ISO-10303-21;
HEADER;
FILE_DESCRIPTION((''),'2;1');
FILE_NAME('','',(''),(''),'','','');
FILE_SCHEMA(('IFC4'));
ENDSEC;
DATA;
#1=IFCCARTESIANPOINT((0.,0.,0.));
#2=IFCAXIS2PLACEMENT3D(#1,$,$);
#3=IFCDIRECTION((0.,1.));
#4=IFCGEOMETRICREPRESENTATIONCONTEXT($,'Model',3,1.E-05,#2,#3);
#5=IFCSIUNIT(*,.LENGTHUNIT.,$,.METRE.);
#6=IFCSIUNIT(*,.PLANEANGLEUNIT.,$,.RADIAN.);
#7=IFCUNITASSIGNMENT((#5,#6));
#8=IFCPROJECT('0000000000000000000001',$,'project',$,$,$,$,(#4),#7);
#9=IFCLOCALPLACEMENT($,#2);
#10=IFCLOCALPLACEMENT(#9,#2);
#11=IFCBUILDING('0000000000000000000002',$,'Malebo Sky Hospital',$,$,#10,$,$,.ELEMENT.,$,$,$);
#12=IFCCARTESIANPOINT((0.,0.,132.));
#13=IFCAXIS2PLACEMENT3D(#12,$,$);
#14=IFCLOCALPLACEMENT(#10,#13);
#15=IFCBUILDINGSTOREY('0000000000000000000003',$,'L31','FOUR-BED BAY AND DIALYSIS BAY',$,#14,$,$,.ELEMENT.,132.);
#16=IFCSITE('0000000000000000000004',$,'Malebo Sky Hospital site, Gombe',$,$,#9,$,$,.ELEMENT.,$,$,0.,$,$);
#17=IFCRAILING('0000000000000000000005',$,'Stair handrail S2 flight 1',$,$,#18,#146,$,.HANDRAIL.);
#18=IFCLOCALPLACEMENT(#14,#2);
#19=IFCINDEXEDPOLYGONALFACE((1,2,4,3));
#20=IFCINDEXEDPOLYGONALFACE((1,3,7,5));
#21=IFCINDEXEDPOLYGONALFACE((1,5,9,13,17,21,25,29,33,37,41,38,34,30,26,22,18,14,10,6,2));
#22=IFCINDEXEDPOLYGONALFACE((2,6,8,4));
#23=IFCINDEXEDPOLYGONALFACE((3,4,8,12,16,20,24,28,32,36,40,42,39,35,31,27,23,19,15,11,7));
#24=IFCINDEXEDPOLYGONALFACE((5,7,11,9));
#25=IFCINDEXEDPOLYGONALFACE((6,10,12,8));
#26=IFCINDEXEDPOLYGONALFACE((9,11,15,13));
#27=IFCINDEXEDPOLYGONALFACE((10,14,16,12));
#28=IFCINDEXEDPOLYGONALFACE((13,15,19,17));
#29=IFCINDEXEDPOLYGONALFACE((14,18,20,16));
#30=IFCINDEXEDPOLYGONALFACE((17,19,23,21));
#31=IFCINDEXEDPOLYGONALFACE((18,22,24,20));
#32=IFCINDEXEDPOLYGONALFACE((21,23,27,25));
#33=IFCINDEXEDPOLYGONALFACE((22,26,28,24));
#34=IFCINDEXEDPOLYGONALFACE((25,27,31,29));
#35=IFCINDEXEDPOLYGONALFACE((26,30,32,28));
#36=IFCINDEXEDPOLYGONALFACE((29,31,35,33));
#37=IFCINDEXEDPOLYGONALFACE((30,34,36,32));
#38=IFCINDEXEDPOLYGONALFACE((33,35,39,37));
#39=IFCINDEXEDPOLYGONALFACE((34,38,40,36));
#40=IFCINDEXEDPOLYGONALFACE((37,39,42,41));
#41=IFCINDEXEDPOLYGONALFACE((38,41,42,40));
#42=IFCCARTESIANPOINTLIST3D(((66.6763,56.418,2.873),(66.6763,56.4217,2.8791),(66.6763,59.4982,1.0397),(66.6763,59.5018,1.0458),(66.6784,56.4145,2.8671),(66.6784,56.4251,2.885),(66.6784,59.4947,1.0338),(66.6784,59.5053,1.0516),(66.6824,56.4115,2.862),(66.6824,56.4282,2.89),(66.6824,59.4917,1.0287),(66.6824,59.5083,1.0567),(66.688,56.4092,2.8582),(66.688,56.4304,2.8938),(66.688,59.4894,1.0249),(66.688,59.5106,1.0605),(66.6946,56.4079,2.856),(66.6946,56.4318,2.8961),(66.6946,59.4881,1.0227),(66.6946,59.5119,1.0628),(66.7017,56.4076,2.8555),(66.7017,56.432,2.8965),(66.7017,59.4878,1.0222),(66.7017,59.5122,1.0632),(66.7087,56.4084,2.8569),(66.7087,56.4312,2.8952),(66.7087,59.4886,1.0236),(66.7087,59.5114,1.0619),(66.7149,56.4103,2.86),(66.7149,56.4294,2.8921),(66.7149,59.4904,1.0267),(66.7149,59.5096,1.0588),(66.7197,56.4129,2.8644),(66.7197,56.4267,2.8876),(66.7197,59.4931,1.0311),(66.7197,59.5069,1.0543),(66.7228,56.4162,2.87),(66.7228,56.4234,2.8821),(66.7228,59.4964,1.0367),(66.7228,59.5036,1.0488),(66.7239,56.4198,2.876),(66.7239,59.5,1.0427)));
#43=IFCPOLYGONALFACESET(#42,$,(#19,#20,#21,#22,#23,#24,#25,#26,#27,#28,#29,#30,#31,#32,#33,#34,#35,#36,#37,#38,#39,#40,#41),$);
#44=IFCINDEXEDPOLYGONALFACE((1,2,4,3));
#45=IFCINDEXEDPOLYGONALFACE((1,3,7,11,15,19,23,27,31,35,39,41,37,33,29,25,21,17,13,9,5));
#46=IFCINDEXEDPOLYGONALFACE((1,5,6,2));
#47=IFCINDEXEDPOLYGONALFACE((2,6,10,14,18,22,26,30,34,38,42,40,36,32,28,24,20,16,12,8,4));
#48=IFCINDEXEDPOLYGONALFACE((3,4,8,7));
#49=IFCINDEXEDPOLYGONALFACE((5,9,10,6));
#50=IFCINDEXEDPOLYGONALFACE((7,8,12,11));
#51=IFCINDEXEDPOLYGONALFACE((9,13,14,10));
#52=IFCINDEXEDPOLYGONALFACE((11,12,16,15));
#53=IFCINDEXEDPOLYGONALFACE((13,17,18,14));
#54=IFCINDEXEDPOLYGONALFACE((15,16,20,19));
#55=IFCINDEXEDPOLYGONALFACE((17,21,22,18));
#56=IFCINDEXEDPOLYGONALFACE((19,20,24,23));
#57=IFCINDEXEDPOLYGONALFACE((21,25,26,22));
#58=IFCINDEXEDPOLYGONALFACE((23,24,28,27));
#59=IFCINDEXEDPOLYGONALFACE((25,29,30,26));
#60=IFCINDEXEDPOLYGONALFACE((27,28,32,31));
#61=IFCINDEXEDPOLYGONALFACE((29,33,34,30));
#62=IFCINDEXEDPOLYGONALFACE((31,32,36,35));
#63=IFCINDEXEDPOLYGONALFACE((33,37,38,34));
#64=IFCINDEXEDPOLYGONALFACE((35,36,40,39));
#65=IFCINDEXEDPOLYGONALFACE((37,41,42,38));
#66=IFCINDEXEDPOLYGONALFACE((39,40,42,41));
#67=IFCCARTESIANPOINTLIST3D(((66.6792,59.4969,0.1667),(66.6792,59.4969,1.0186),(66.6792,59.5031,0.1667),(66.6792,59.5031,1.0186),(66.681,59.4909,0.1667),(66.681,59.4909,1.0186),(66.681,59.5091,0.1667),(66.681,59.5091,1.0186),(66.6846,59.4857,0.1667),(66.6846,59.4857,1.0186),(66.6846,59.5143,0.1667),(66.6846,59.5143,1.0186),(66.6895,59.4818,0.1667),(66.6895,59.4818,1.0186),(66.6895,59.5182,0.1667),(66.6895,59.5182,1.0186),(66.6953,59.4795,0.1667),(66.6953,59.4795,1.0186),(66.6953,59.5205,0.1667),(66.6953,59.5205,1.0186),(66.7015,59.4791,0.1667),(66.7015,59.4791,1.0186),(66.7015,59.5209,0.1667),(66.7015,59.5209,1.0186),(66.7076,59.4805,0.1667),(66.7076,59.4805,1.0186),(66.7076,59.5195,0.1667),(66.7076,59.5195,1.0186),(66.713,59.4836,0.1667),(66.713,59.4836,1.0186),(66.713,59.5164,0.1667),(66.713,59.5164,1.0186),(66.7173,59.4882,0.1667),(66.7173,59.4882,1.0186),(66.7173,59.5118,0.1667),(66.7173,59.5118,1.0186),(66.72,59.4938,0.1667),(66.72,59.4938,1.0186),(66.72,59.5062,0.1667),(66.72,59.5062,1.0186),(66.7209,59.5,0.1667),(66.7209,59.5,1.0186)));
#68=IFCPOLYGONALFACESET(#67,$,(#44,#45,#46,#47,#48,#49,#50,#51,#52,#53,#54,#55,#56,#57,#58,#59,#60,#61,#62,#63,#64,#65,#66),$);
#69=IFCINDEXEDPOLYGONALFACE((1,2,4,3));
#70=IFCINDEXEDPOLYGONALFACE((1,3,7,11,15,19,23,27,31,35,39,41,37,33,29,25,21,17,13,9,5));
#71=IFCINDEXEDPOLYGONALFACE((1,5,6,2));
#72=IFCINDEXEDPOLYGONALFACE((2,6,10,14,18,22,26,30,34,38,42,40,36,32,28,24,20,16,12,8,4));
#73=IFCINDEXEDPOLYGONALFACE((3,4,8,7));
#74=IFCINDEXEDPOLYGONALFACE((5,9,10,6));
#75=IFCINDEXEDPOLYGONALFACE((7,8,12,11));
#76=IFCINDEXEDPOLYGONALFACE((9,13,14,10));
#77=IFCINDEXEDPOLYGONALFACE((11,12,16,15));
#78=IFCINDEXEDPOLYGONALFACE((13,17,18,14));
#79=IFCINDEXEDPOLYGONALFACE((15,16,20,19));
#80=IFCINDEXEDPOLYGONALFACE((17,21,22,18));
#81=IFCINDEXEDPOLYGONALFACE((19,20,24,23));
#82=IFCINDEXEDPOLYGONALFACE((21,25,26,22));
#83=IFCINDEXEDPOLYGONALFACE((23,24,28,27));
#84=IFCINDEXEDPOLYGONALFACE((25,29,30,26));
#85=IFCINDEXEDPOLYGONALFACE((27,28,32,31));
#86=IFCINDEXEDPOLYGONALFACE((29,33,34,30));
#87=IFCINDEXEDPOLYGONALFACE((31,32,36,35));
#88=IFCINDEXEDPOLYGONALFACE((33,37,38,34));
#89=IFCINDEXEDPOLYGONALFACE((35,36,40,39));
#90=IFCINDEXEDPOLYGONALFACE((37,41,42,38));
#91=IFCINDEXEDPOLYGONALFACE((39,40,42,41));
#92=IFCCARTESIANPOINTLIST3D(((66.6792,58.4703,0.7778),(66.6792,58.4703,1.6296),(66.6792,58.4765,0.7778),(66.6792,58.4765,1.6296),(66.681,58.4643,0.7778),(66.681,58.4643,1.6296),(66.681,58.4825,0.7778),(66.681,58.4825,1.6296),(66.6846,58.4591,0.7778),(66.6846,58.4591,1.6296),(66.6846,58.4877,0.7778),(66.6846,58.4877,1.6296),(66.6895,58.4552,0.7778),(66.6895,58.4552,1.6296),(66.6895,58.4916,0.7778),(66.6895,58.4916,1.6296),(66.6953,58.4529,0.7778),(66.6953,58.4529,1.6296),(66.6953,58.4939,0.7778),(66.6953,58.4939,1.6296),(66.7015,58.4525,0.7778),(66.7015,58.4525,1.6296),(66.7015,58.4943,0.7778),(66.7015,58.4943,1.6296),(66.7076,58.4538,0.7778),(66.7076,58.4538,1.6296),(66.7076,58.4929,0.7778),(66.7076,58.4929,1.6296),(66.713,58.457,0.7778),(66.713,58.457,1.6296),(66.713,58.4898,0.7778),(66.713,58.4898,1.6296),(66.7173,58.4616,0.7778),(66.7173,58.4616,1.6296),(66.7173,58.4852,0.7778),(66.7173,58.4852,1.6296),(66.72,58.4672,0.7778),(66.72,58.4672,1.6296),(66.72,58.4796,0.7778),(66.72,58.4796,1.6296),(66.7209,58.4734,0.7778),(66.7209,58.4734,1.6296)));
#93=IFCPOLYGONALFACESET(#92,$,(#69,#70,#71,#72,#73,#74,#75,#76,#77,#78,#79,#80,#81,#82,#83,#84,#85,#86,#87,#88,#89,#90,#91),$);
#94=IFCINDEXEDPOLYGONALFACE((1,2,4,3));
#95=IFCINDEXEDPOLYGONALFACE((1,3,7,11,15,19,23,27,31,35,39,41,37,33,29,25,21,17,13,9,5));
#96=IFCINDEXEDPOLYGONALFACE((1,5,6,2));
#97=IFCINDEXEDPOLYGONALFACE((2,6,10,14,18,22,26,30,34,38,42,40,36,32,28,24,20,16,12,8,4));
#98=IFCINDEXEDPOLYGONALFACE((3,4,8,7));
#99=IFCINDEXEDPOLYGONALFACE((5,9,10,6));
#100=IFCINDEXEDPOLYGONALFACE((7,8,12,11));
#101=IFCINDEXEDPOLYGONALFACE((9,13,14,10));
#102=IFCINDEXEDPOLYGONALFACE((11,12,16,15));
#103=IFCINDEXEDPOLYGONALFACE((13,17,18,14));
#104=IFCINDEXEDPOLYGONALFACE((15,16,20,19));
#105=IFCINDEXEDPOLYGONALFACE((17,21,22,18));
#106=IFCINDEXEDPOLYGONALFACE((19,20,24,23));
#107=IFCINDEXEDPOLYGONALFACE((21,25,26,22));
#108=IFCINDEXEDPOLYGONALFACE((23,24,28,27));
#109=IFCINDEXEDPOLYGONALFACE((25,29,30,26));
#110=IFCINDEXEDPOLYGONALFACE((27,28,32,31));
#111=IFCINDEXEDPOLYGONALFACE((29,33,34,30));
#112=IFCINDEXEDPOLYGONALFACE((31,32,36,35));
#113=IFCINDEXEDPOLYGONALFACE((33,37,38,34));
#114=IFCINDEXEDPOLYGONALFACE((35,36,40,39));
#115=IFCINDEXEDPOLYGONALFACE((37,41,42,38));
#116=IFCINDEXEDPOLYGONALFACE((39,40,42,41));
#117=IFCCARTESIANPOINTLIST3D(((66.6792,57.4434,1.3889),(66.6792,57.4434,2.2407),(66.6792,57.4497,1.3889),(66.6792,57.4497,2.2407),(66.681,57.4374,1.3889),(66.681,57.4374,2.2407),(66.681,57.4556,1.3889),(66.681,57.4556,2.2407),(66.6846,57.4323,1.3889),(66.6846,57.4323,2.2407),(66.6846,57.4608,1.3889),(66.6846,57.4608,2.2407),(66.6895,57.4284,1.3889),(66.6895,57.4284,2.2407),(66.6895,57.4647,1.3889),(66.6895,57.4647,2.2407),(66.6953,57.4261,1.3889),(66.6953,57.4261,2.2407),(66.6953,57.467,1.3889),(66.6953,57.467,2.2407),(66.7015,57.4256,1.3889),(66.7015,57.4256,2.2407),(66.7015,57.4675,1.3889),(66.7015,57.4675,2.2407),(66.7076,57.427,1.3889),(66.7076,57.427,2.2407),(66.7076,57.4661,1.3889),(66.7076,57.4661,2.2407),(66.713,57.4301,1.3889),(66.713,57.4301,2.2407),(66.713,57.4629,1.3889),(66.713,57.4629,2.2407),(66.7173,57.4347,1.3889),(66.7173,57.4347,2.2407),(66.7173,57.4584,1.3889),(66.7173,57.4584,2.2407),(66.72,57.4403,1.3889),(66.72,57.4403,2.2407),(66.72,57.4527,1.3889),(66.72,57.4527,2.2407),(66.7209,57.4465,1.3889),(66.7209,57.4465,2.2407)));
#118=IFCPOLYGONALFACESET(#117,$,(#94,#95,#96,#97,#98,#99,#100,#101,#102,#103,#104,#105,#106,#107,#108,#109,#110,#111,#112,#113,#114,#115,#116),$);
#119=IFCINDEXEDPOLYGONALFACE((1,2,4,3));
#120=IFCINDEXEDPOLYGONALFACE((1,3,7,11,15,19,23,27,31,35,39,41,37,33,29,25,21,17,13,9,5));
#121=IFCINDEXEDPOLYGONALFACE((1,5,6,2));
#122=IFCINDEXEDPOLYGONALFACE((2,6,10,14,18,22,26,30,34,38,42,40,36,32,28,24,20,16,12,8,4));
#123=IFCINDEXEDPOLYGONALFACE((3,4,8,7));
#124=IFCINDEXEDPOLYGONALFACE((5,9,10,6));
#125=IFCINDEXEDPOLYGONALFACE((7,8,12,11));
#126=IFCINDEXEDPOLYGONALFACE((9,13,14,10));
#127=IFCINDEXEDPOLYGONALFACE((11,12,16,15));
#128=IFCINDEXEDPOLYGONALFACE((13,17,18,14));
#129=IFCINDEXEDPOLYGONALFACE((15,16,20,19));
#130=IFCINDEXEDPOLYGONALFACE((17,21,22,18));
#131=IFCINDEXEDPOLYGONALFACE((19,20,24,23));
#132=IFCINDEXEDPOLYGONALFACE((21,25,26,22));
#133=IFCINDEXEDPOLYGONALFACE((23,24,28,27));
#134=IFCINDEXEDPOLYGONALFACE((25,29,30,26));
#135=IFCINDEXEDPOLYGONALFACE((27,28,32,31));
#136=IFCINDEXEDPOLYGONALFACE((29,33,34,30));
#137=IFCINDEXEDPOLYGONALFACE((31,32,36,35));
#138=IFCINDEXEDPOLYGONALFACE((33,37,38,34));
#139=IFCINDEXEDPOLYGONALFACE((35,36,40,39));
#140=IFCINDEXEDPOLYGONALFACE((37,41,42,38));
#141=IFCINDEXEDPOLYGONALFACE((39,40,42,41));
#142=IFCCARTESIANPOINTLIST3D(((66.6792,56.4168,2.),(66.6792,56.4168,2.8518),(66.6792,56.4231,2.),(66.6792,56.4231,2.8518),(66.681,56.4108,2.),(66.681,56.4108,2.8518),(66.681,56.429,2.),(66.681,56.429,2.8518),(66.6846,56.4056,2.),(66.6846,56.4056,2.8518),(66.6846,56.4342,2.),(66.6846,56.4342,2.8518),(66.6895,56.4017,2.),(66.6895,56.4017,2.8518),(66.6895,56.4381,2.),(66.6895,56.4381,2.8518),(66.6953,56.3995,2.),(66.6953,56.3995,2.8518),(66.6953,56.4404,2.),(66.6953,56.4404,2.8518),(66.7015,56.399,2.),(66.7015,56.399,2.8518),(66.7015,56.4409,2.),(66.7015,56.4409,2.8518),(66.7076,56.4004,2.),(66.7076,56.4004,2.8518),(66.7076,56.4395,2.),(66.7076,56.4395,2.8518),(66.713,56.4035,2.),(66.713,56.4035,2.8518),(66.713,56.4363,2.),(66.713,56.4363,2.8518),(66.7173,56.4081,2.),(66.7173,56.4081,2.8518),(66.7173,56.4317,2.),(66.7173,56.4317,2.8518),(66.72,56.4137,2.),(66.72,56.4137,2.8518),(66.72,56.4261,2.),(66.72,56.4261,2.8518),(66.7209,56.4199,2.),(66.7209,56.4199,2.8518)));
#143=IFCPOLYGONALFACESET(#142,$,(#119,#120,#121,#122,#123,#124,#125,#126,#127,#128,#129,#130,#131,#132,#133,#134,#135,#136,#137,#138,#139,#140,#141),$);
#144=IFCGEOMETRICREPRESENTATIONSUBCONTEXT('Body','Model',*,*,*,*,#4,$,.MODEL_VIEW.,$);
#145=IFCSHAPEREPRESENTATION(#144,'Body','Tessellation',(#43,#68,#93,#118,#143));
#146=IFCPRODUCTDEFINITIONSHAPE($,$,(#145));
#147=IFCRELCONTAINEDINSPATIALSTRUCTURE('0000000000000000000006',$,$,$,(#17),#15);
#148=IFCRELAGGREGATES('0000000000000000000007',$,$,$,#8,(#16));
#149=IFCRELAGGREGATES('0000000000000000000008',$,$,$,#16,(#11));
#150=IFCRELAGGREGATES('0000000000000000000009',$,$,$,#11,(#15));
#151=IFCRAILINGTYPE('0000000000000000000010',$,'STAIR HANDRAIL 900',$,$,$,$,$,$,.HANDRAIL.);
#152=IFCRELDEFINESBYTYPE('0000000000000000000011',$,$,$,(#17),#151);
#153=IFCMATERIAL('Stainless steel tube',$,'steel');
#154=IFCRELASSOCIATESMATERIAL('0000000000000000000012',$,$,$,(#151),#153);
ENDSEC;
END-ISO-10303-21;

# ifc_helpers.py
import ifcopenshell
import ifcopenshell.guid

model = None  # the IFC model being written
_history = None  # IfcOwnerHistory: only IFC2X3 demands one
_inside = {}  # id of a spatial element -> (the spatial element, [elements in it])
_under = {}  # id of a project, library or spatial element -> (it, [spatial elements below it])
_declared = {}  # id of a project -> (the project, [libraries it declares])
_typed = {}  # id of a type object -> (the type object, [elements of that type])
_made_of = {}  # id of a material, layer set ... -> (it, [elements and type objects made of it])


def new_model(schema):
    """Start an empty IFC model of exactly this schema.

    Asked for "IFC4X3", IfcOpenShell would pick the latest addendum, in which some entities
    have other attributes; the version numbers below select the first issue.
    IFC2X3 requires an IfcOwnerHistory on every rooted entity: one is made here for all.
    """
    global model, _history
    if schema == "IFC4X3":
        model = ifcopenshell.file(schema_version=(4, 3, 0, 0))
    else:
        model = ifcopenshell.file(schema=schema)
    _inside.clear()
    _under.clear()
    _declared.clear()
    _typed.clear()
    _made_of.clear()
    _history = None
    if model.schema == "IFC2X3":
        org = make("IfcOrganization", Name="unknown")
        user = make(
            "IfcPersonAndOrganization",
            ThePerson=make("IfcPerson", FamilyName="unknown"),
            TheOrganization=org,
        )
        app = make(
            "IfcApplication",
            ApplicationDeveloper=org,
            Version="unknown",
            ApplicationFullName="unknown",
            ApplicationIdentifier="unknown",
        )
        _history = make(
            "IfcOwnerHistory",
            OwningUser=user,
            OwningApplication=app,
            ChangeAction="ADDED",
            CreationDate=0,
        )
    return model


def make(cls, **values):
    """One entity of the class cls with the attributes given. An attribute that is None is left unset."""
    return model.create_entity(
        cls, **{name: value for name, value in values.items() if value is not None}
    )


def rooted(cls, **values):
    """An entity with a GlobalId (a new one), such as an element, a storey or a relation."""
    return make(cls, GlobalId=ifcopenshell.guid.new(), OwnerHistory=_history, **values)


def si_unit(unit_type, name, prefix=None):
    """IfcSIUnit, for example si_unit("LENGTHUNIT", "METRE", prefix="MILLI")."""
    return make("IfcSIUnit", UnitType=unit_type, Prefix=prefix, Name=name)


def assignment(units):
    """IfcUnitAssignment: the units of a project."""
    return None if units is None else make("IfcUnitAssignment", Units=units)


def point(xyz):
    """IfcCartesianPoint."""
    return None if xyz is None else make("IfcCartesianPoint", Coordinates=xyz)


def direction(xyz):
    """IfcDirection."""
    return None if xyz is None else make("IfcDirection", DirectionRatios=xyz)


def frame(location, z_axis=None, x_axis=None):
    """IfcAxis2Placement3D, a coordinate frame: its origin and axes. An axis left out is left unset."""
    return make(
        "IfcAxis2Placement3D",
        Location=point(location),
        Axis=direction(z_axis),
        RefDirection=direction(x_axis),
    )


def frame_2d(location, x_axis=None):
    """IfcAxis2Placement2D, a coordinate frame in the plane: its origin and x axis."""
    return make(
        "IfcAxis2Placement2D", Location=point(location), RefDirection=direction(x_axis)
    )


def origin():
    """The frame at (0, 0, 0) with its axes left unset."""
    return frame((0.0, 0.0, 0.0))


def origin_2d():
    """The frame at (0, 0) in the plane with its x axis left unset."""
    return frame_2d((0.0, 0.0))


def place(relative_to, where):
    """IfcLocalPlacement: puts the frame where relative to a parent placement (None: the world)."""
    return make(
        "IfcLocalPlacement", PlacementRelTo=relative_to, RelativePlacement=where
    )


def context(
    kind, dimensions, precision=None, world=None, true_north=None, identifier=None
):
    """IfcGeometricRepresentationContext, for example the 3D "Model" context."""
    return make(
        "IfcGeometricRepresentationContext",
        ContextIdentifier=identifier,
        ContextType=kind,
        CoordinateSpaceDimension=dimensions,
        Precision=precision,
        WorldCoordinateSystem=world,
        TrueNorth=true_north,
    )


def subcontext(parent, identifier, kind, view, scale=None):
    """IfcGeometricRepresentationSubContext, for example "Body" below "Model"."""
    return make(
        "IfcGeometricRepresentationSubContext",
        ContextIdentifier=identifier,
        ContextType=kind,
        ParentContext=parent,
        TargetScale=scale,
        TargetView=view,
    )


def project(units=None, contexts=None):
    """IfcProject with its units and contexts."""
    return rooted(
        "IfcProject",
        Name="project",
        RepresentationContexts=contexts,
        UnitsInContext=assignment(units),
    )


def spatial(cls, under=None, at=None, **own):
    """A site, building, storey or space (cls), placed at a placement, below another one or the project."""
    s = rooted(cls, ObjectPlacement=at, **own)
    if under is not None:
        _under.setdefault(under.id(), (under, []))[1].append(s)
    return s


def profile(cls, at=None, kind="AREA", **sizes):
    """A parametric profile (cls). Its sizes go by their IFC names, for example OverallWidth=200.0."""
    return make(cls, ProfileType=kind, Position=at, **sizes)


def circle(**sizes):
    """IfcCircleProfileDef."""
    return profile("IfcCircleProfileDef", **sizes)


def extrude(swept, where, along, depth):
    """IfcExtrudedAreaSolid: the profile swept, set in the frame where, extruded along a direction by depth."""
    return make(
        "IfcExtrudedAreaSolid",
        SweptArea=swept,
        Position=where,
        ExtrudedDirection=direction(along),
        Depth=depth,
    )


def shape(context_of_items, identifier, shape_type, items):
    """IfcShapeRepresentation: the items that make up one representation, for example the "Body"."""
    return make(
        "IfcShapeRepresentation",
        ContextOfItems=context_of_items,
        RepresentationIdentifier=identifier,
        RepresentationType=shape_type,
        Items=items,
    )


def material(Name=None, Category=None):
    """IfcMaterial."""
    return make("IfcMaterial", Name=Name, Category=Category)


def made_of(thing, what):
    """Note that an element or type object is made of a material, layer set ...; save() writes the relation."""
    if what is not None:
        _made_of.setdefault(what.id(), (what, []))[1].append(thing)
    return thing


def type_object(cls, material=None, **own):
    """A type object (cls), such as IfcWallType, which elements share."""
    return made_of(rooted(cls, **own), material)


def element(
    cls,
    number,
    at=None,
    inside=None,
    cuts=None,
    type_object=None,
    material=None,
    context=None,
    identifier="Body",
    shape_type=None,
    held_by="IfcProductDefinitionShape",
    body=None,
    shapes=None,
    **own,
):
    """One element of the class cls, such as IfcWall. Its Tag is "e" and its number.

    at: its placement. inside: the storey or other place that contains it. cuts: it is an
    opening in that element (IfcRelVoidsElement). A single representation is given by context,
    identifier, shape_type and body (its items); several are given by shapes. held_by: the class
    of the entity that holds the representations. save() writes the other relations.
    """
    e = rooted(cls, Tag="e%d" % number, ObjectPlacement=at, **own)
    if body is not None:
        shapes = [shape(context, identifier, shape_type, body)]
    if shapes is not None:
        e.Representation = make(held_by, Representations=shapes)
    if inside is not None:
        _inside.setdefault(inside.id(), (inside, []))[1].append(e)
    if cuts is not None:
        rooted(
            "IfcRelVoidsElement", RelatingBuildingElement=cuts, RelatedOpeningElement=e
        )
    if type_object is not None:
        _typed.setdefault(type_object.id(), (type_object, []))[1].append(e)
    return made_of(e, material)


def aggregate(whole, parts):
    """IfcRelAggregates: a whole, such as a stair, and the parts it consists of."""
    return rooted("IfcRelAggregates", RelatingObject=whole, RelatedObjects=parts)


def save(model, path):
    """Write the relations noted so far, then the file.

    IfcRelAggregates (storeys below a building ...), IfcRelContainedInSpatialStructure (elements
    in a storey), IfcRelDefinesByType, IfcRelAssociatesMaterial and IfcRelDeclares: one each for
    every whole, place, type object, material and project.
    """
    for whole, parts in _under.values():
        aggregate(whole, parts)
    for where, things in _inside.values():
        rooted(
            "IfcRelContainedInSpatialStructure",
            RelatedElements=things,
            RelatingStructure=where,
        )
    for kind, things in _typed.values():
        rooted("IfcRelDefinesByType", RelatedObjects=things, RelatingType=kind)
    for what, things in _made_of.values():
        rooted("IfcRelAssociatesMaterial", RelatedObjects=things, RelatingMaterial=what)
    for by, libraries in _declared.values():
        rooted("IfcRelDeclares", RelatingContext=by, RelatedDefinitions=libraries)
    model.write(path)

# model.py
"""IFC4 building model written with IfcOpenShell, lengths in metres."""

from ifc_helpers import new_model, si_unit, direction, frame, origin, origin_2d, place, context, subcontext, project, spatial, circle, extrude, material, type_object, element, save


model = new_model("IFC4")

# Units and contexts
model_context = context("Model", 3, precision=1e-05, world=origin(), true_north=direction((0.0, 1.0)))
body_context = subcontext(model_context, "Body", "Model", "MODEL_VIEW")
ifc_project = project(units=[si_unit("LENGTHUNIT", "METRE"), si_unit("PLANEANGLEUNIT", "RADIAN")], contexts=[model_context])

# Site, building, storey
site_placement = place(None, origin())
site = spatial("IfcSite", under=ifc_project, at=site_placement, Name="Malebo Sky Hospital site, Gombe", CompositionType="ELEMENT", RefElevation=0.0)
building_placement = place(site_placement, origin())
building = spatial("IfcBuilding", under=site, at=building_placement, Name="Malebo Sky Hospital", CompositionType="ELEMENT")
storey_placement = place(building_placement, frame((0.0, 0.0, 132.0)))
storey = spatial("IfcBuildingStorey", under=building, at=storey_placement, Name="L31", Description="FOUR-BED BAY AND DIALYSIS BAY", CompositionType="ELEMENT", Elevation=132.0)

# Railing
ifc_material_1 = material(Name="Stainless steel tube", Category="steel")
railing_type = type_object("IfcRailingType", Name="STAIR HANDRAIL 900", PredefinedType="HANDRAIL", material=ifc_material_1)
railing_1_placement = place(storey_placement, frame((66.7, 59.5, 0.1667)))
element("IfcRailing", 1, at=railing_1_placement, inside=storey, type_object=railing_type, Name="Stair handrail S2 flight 1", PredefinedType="HANDRAIL", context=body_context, shape_type="SweptSolid", body=[
    extrude(circle(Radius=0.0239, at=origin_2d()), frame((0.0, 0.0, 0.876), z_axis=(0.0, -0.859309, 0.511458), x_axis=(1.0, 0.0, 0.0)), (0.0, 0.0, 1.0), 3.5845),
    extrude(circle(Radius=0.021, at=origin_2d()), origin(), (0.0, 0.0, 1.0), 0.8518),
    extrude(circle(Radius=0.021, at=origin_2d()), frame((0.0, -1.0266, 0.6111)), (0.0, 0.0, 1.0), 0.8518),
    extrude(circle(Radius=0.021, at=origin_2d()), frame((0.0, -2.0535, 1.2222)), (0.0, 0.0, 1.0), 0.8518),
    extrude(circle(Radius=0.021, at=origin_2d()), frame((0.0, -3.0801, 1.8333)), (0.0, 0.0, 1.0), 0.8518),
])

save(model, "model.ifc")
